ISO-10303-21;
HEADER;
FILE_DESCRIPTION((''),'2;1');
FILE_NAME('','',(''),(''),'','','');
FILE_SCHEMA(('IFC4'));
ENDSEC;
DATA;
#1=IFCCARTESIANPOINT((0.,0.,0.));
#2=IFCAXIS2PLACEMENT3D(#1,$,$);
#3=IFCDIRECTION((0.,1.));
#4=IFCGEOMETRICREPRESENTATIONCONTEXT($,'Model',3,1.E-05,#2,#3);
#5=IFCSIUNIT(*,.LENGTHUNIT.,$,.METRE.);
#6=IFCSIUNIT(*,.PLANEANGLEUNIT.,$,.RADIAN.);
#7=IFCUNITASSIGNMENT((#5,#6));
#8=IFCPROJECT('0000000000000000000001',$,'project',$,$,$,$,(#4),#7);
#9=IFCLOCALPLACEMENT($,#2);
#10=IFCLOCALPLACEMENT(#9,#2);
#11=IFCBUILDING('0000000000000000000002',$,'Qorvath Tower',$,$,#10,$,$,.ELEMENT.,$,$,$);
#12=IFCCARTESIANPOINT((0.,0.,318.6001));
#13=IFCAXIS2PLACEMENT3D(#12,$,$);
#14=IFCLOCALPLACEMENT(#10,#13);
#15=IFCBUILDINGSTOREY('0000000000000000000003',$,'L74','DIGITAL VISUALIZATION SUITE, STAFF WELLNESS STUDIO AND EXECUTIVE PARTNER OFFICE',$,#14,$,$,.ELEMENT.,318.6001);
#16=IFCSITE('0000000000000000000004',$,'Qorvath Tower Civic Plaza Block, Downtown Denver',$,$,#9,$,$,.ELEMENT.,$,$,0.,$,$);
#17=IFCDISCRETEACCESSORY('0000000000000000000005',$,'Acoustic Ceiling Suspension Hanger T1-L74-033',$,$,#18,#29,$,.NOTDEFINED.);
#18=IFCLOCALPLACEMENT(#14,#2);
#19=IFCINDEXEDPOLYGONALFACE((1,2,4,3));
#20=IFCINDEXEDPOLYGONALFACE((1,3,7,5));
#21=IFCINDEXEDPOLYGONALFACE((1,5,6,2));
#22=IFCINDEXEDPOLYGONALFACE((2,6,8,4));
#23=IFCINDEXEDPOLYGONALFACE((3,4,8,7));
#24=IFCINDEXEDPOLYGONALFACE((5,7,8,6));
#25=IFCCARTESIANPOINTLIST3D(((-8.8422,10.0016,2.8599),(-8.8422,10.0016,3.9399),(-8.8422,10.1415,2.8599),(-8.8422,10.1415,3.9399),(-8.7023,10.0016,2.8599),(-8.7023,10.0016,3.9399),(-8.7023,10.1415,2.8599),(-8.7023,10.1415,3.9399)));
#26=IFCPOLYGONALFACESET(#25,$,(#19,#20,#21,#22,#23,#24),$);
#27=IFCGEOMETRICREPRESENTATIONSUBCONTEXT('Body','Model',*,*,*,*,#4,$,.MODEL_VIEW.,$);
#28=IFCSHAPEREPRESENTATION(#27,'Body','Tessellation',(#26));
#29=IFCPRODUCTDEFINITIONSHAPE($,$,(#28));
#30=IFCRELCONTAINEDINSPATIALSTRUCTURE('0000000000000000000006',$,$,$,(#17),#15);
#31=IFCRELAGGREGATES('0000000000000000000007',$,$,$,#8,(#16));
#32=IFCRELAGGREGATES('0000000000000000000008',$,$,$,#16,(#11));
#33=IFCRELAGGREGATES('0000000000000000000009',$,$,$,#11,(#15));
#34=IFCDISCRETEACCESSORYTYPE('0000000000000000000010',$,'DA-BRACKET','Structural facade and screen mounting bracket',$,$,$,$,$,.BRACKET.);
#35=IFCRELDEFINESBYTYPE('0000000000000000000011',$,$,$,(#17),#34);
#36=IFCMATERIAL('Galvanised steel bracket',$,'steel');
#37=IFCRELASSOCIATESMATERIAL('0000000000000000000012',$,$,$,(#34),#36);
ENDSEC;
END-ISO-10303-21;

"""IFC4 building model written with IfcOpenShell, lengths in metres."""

from ifc_helpers import new_model, si_unit, direction, frame, origin, origin_2d, place, context, subcontext, project, spatial, rectangle, extrude, material, type_object, element, save


model = new_model("IFC4")

# Units and contexts
model_context = context("Model", 3, precision=1e-05, world=origin(), true_north=direction((0.0, 1.0)))
body_context = subcontext(model_context, "Body", "Model", "MODEL_VIEW")
ifc_project = project(units=[si_unit("LENGTHUNIT", "METRE"), si_unit("PLANEANGLEUNIT", "RADIAN")], contexts=[model_context])

# Site, building, storey
site_placement = place(None, origin())
site = spatial("IfcSite", under=ifc_project, at=site_placement, Name="Qorvath Tower Civic Plaza Block, Downtown Denver", CompositionType="ELEMENT", RefElevation=0.0)
building_placement = place(site_placement, origin())
building = spatial("IfcBuilding", under=site, at=building_placement, Name="Qorvath Tower", CompositionType="ELEMENT")
storey_placement = place(building_placement, frame((0.0, 0.0, 318.6001)))
storey = spatial("IfcBuildingStorey", under=building, at=storey_placement, Name="L74", Description="DIGITAL VISUALIZATION SUITE, STAFF WELLNESS STUDIO AND EXECUTIVE PARTNER OFFICE", CompositionType="ELEMENT", Elevation=318.6001)

# Discrete accessory
ifc_material_1 = material(Name="Galvanised steel bracket", Category="steel")
discrete_accessory_type = type_object("IfcDiscreteAccessoryType", Name="DA-BRACKET", Description="Structural facade and screen mounting bracket", PredefinedType="BRACKET", material=ifc_material_1)
for number, where, z_axis, x_axis, name in (
    (1, (-8.7722, 10.0715, 2.8599), (0.0, 0.0, 1.0), (1.0, 0.0, 0.0), "Acoustic Ceiling Suspension Hanger T1-L74-033"),
):
    element("IfcDiscreteAccessory", number, at=place(storey_placement, frame(where, z_axis=z_axis, x_axis=x_axis)), inside=storey, type_object=discrete_accessory_type, Name=name, PredefinedType="NOTDEFINED", context=body_context, shape_type="SweptSolid", body=[
        extrude(rectangle(XDim=0.1399, YDim=0.1399, at=origin_2d()), origin(), (0.0, 0.0, 1.0), 1.0801),
    ])

save(model, "model.ifc")
